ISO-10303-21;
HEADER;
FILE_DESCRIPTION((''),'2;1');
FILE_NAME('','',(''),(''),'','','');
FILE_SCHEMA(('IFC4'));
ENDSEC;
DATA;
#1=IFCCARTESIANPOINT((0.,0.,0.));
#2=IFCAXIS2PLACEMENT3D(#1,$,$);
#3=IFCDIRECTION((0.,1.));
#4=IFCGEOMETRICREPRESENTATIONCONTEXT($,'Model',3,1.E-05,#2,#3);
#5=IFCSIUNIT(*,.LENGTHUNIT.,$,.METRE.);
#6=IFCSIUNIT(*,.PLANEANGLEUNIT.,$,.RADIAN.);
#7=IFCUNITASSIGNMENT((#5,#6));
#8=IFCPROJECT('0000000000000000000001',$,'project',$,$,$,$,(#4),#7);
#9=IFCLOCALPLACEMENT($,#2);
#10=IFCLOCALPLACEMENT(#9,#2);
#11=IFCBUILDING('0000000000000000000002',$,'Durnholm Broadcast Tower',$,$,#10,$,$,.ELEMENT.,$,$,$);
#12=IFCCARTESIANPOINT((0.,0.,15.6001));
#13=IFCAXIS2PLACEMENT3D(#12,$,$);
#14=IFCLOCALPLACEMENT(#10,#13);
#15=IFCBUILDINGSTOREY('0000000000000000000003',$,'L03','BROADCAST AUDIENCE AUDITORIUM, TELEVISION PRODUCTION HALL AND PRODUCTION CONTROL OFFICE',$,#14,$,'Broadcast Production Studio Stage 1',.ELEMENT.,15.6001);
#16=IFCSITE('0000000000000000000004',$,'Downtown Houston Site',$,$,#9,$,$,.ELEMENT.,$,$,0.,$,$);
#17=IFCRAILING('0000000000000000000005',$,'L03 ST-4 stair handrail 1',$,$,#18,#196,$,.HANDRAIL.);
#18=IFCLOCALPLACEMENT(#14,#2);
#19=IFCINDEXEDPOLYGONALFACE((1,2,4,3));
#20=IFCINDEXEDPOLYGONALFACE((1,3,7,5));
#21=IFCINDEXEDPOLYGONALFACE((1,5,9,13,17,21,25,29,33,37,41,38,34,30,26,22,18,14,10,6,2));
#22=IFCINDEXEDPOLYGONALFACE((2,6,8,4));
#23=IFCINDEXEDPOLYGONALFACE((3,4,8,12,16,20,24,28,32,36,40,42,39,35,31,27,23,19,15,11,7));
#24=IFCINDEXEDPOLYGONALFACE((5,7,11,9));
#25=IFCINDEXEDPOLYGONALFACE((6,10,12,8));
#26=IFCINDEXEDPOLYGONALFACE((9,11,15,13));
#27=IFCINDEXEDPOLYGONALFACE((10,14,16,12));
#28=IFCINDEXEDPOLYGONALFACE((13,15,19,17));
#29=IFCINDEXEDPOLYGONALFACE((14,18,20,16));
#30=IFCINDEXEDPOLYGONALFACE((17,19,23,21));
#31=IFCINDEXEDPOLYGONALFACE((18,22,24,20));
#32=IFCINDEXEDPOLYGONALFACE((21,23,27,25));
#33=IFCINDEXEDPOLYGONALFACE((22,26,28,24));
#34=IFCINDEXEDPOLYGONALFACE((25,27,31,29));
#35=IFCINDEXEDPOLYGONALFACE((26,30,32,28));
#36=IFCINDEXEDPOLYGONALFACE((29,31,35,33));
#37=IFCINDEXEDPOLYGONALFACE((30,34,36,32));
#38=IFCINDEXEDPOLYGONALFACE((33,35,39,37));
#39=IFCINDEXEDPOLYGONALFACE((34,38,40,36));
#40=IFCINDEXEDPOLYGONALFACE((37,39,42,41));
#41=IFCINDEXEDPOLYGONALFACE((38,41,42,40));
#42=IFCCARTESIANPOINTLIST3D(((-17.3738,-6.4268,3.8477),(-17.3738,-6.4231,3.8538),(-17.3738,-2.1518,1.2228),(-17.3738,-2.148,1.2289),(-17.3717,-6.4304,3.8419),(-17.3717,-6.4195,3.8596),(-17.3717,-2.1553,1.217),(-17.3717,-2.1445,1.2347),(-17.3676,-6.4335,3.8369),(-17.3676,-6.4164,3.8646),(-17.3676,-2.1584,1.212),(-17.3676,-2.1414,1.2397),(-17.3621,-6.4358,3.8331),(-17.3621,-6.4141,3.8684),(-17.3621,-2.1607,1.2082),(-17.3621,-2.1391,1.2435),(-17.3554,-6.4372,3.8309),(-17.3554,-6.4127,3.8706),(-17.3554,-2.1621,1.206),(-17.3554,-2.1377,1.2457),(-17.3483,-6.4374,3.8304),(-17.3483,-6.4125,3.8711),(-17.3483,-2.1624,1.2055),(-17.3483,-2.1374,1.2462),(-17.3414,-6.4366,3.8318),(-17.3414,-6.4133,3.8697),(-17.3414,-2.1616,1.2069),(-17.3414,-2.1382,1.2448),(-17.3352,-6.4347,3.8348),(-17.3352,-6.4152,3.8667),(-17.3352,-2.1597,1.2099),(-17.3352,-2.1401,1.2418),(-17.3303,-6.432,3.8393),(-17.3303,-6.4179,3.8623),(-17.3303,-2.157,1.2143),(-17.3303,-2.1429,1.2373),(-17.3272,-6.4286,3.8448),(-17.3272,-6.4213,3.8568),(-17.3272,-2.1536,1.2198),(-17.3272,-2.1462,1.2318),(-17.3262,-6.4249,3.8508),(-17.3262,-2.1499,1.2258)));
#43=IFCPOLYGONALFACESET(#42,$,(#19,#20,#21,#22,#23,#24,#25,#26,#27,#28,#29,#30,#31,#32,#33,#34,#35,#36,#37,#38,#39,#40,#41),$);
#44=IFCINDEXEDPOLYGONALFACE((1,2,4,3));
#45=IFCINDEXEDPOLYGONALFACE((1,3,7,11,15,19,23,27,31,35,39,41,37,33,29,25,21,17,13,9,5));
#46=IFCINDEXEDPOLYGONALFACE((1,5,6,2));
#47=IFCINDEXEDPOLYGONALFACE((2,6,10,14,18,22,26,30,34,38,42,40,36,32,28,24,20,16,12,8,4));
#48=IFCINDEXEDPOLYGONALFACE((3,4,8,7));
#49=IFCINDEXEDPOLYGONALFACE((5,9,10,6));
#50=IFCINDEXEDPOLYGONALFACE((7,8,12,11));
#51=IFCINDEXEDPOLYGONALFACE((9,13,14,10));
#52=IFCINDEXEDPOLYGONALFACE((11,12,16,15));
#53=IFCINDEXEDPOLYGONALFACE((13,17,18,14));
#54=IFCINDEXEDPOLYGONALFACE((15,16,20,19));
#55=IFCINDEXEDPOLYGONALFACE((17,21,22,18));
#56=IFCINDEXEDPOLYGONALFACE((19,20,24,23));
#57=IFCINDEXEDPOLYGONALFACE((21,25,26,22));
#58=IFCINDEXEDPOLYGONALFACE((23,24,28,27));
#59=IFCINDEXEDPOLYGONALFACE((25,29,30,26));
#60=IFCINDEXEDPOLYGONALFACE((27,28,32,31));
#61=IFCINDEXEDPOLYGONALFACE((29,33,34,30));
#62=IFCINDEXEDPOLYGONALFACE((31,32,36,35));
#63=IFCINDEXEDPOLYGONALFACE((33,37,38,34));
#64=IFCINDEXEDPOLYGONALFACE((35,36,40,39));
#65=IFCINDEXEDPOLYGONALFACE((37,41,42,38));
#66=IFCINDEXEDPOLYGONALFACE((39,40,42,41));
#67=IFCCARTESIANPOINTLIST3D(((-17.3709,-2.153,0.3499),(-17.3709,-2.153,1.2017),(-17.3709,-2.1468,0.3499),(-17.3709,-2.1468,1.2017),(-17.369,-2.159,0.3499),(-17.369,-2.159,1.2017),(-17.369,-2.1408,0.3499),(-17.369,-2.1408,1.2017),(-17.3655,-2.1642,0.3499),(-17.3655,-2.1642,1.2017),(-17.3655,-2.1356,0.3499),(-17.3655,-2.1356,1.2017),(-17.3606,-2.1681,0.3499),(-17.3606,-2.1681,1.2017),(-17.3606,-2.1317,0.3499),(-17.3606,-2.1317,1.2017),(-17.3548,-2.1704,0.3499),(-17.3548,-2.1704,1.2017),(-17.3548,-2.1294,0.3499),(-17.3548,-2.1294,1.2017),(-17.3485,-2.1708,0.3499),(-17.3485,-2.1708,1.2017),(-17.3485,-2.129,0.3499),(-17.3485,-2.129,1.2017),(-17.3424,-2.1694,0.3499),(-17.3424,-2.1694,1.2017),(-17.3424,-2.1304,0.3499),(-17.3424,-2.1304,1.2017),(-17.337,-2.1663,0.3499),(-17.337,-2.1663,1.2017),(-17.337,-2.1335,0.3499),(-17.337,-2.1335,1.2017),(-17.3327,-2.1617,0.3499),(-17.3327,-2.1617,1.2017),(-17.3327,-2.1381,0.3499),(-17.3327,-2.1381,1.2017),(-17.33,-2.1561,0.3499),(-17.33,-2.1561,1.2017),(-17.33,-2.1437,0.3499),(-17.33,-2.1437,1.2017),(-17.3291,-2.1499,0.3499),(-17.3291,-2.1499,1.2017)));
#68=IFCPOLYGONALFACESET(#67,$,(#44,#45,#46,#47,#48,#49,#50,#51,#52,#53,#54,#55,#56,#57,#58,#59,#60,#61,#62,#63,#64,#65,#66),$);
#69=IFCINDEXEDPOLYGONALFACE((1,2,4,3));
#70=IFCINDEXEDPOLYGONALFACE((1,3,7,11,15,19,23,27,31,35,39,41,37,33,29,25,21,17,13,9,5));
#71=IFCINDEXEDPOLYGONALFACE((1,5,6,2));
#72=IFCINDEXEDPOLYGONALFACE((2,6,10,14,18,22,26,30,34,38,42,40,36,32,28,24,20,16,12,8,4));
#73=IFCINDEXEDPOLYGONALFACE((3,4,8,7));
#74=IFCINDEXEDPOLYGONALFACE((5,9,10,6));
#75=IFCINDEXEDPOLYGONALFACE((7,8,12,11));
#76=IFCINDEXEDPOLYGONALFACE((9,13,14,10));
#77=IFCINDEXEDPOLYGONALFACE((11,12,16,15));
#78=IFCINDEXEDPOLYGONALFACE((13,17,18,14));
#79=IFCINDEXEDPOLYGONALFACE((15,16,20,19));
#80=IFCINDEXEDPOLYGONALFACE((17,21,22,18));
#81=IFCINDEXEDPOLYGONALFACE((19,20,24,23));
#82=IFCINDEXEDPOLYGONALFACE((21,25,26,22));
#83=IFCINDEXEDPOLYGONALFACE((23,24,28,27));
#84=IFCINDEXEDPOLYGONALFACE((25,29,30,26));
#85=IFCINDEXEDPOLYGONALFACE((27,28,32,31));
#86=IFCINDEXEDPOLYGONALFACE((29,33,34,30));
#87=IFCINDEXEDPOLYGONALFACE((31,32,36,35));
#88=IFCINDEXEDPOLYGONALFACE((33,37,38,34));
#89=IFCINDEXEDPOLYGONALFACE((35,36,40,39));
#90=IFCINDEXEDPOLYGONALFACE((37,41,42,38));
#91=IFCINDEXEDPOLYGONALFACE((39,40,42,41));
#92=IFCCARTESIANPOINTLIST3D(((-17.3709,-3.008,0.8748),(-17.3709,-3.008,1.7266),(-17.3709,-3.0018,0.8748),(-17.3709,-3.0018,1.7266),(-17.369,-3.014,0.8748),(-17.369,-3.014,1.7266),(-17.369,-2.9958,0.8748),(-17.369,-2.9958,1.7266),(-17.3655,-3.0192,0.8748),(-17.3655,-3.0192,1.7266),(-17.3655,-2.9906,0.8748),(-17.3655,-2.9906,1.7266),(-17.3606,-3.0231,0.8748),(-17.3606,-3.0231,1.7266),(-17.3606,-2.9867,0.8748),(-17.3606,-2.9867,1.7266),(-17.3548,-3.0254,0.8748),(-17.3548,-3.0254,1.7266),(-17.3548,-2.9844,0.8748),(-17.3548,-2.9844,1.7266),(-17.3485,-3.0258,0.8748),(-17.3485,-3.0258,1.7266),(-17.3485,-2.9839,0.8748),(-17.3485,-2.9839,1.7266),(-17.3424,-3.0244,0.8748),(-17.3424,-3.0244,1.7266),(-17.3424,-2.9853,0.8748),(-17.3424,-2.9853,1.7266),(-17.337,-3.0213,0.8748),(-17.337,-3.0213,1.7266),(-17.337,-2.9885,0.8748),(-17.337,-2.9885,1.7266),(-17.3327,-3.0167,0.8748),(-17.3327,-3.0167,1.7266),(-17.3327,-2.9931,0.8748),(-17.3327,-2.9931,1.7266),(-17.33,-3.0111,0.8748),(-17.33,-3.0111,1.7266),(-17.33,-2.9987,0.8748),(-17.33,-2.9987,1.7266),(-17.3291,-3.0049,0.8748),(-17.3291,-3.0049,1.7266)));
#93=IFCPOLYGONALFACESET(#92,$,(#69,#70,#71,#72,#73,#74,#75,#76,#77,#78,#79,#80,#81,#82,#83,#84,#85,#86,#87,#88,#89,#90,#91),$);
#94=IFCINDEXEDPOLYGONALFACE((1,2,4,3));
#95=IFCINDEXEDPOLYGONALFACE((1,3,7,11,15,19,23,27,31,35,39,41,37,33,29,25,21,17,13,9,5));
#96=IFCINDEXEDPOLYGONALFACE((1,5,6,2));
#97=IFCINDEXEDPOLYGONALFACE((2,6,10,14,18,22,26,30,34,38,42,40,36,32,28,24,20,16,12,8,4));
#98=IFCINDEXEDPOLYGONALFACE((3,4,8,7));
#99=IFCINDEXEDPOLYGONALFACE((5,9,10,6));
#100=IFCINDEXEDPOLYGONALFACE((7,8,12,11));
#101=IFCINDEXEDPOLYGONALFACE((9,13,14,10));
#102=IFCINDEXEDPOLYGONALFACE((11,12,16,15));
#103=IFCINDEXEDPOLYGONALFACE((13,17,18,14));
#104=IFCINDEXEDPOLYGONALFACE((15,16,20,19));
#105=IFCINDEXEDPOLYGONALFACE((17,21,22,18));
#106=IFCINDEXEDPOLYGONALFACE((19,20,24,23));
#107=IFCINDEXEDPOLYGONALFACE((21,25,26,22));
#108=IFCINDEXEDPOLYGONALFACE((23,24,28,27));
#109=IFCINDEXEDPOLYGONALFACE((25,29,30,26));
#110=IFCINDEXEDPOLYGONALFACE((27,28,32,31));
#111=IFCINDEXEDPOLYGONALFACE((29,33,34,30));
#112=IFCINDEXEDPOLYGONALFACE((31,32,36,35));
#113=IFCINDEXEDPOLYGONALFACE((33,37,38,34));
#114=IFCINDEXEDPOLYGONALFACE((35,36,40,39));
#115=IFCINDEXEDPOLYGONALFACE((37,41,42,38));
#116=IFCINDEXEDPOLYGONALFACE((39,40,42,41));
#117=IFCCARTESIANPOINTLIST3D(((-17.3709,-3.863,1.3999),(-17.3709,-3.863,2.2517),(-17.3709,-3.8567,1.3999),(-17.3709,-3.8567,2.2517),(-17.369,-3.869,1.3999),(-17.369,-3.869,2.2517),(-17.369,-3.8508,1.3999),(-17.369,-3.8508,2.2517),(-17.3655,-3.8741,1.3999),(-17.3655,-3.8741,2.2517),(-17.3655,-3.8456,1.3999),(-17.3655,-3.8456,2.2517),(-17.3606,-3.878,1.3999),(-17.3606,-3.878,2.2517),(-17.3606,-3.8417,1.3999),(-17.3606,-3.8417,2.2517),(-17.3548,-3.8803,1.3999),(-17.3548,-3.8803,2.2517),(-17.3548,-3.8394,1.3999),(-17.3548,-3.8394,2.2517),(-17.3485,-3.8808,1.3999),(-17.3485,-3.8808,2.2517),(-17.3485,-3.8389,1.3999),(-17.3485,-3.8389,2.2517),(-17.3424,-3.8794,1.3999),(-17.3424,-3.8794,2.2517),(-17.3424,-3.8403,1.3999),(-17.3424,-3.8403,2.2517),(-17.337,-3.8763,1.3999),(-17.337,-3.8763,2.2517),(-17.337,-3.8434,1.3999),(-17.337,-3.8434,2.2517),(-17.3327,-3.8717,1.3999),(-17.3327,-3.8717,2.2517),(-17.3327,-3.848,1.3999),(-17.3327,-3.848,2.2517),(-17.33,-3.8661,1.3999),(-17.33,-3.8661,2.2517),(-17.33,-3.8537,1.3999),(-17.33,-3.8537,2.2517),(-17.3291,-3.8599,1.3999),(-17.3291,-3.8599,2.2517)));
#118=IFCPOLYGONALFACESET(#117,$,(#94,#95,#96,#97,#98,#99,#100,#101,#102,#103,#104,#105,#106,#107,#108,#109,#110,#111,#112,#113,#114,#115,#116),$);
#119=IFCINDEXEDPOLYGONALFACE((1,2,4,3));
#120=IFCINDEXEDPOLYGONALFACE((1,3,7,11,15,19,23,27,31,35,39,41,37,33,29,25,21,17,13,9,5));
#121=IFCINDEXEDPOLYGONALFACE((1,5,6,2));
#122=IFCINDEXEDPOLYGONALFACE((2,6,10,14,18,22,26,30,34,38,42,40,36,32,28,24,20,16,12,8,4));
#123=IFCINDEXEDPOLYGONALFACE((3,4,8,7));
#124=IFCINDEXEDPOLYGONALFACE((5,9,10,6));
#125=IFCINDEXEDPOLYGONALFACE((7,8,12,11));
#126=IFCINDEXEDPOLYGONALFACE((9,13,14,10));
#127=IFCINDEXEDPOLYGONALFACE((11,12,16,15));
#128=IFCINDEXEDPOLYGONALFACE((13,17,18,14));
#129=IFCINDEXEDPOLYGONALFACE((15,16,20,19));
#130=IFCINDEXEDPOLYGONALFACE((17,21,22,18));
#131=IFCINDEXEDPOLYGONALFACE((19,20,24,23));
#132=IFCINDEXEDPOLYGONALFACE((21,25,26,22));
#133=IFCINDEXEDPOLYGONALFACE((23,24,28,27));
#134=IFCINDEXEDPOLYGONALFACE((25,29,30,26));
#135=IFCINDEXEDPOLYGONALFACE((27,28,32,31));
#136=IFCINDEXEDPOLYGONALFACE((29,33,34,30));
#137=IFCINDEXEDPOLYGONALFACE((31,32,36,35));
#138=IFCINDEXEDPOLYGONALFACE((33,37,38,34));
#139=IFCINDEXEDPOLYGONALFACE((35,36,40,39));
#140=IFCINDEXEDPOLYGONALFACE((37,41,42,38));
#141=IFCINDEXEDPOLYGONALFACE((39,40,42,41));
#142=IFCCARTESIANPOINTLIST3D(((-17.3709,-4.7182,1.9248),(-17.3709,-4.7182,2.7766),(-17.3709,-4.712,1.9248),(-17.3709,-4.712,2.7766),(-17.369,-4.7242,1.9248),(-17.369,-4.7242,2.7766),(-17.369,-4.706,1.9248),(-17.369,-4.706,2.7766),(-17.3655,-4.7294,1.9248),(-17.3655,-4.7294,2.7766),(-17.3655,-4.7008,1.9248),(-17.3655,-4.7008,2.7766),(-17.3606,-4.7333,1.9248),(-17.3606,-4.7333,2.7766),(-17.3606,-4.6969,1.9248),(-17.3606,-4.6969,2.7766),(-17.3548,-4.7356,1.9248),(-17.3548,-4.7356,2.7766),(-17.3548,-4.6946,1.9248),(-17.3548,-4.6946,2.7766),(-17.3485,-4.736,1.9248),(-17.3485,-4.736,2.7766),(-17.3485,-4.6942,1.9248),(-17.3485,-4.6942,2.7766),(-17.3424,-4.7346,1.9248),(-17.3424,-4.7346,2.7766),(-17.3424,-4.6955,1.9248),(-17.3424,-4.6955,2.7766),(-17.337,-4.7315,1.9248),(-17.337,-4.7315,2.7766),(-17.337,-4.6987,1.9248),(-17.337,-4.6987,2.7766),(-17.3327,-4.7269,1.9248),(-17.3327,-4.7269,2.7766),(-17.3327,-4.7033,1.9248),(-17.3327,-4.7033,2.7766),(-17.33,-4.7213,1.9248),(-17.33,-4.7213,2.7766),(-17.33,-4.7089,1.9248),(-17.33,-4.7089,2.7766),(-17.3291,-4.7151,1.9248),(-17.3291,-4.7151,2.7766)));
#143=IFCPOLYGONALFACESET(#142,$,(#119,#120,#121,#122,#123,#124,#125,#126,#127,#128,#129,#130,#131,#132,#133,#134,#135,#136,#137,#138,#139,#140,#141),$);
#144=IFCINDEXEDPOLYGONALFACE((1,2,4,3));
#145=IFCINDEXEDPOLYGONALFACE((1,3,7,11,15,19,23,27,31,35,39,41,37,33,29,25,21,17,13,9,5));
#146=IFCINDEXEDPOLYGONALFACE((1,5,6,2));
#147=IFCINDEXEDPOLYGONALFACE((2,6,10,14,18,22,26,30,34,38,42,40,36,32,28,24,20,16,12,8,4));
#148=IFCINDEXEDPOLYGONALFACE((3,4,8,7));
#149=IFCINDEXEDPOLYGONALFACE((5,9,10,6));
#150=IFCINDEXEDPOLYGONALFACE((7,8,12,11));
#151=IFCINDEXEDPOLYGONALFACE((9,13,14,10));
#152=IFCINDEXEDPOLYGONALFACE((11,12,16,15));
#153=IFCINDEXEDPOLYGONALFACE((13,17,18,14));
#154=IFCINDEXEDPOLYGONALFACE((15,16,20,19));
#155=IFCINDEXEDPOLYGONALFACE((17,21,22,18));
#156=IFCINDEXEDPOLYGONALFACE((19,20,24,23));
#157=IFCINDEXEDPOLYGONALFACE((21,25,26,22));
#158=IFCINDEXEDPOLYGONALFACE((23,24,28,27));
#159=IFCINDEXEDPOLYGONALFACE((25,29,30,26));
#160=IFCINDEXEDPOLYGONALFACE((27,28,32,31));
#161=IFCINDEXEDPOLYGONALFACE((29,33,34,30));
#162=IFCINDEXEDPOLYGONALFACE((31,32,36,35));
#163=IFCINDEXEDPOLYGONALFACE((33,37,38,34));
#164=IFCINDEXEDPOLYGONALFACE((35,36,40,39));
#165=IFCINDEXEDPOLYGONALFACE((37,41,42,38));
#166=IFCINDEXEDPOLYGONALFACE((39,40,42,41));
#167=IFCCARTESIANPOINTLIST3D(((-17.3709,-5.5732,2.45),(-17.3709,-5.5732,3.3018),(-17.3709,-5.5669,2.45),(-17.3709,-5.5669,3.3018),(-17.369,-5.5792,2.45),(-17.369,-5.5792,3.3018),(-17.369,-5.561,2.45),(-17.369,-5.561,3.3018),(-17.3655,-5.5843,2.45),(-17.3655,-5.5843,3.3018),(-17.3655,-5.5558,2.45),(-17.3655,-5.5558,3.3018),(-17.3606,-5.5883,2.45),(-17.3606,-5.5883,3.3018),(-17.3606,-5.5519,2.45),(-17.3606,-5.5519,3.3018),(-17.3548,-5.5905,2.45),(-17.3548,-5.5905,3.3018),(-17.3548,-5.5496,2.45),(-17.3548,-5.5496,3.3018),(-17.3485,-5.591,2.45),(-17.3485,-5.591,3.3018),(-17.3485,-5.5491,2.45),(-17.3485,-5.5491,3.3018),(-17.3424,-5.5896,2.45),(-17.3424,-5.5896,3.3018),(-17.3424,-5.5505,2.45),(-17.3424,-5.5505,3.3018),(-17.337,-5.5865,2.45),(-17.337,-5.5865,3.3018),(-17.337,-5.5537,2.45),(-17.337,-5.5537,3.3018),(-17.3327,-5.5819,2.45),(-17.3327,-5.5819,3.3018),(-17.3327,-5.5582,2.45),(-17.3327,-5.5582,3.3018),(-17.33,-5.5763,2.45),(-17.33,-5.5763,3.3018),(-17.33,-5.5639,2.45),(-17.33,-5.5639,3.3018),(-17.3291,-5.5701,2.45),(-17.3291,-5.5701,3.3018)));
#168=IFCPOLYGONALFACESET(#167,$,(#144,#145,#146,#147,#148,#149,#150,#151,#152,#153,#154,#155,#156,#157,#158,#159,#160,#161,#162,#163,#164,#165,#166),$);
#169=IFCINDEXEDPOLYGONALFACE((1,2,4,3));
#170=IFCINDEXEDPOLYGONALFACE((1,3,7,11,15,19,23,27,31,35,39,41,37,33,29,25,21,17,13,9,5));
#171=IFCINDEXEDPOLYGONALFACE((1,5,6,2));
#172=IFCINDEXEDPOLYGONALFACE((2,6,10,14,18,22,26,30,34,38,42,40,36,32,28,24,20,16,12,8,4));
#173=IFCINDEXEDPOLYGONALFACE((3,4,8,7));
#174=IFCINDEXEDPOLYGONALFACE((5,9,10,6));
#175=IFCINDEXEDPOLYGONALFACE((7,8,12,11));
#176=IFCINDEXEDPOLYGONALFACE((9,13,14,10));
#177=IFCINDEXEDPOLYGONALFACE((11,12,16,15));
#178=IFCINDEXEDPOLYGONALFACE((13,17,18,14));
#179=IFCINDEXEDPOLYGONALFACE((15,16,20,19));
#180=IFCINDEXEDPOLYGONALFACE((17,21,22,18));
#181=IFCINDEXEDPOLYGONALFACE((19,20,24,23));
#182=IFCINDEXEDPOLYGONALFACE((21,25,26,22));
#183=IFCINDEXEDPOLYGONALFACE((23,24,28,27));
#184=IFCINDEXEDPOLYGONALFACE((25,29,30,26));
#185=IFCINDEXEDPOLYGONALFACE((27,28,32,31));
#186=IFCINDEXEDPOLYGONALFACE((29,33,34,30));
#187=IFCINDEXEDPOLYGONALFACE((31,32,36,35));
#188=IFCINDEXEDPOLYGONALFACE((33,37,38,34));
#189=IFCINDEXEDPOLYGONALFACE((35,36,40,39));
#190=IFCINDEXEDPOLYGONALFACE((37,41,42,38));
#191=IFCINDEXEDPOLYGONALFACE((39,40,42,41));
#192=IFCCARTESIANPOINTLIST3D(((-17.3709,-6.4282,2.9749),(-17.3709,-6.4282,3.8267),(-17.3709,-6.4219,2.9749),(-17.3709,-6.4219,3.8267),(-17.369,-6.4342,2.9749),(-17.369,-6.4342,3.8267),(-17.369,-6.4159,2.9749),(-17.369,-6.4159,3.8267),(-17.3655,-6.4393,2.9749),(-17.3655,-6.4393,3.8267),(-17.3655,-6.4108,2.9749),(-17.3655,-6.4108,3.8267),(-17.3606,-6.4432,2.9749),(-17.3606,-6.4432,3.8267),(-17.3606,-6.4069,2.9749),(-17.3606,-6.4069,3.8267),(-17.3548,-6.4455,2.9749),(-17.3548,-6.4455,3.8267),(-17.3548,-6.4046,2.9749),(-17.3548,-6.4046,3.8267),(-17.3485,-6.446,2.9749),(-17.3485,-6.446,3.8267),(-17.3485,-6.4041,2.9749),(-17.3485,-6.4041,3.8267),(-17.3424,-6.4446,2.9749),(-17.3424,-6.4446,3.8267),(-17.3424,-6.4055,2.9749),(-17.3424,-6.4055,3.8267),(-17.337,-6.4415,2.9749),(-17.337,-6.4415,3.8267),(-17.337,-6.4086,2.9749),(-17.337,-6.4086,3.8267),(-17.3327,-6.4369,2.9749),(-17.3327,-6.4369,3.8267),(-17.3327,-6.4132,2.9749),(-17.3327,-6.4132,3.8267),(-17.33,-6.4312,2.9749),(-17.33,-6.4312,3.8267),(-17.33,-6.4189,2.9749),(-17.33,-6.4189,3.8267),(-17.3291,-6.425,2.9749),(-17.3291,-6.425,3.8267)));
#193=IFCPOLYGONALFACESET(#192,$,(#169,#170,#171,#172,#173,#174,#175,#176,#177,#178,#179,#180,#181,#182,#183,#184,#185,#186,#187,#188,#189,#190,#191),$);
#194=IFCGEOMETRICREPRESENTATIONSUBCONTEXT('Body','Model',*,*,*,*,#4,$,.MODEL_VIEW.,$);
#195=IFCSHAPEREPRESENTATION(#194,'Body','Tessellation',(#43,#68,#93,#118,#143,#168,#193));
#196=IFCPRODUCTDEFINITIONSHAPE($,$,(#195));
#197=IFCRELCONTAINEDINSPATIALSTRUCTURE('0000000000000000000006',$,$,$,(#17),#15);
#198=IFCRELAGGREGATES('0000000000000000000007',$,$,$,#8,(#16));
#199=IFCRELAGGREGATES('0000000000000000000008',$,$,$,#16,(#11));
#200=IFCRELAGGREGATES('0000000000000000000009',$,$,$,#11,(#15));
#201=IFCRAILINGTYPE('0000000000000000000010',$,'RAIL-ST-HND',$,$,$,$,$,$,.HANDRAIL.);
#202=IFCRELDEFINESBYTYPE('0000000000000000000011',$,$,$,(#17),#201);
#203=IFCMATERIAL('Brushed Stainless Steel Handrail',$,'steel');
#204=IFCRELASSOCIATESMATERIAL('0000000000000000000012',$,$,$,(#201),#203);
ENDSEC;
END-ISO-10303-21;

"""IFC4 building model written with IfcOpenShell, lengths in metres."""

from ifc_helpers import new_model, si_unit, direction, frame, origin, origin_2d, place, context, subcontext, project, spatial, circle, extrude, material, type_object, element, save


model = new_model("IFC4")

# Units and contexts
model_context = context("Model", 3, precision=1e-05, world=origin(), true_north=direction((0.0, 1.0)))
body_context = subcontext(model_context, "Body", "Model", "MODEL_VIEW")
ifc_project = project(units=[si_unit("LENGTHUNIT", "METRE"), si_unit("PLANEANGLEUNIT", "RADIAN")], contexts=[model_context])

# Site, building, storey
site_placement = place(None, origin())
site = spatial("IfcSite", under=ifc_project, at=site_placement, Name="Downtown Houston Site", CompositionType="ELEMENT", RefElevation=0.0)
building_placement = place(site_placement, origin())
building = spatial("IfcBuilding", under=site, at=building_placement, Name="Durnholm Broadcast Tower", CompositionType="ELEMENT")
storey_placement = place(building_placement, frame((0.0, 0.0, 15.6001)))
storey = spatial("IfcBuildingStorey", under=building, at=storey_placement, Name="L03", Description="BROADCAST AUDIENCE AUDITORIUM, TELEVISION PRODUCTION HALL AND PRODUCTION CONTROL OFFICE", LongName="Broadcast Production Studio Stage 1", CompositionType="ELEMENT", Elevation=15.6001)

# Railing
ifc_material_1 = material(Name="Brushed Stainless Steel Handrail", Category="steel")
railing_type_1 = type_object("IfcRailingType", Name="RAIL-ST-HND", PredefinedType="HANDRAIL", material=ifc_material_1)
railing_1_placement = place(storey_placement, frame((-17.3501, -2.1499, 0.3499)))
element("IfcRailing", 1, at=railing_1_placement, inside=storey, type_object=railing_type_1, Name="L03 ST-4 stair handrail 1", PredefinedType="HANDRAIL", context=body_context, shape_type="SweptSolid", body=[
    extrude(circle(Radius=0.0239, at=origin_2d()), frame((0.0, 0.0, 0.876), z_axis=(0.0, -0.852179, 0.52325), x_axis=(1.0, 0.0, 0.0)), (0.0, 0.0, 1.0), 5.0166),
    extrude(circle(Radius=0.021, at=origin_2d()), origin(), (0.0, 0.0, 1.0), 0.8518),
    extrude(circle(Radius=0.021, at=origin_2d()), frame((0.0, -0.855, 0.5249)), (0.0, 0.0, 1.0), 0.8518),
    extrude(circle(Radius=0.021, at=origin_2d()), frame((0.0, -1.71, 1.05)), (0.0, 0.0, 1.0), 0.8518),
    extrude(circle(Radius=0.021, at=origin_2d()), frame((0.0, -2.5652, 1.575)), (0.0, 0.0, 1.0), 0.8518),
    extrude(circle(Radius=0.021, at=origin_2d()), frame((0.0, -3.4202, 2.1001)), (0.0, 0.0, 1.0), 0.8518),
    extrude(circle(Radius=0.021, at=origin_2d()), frame((0.0, -4.2751, 2.625)), (0.0, 0.0, 1.0), 0.8518),
])

save(model, "model.ifc")
